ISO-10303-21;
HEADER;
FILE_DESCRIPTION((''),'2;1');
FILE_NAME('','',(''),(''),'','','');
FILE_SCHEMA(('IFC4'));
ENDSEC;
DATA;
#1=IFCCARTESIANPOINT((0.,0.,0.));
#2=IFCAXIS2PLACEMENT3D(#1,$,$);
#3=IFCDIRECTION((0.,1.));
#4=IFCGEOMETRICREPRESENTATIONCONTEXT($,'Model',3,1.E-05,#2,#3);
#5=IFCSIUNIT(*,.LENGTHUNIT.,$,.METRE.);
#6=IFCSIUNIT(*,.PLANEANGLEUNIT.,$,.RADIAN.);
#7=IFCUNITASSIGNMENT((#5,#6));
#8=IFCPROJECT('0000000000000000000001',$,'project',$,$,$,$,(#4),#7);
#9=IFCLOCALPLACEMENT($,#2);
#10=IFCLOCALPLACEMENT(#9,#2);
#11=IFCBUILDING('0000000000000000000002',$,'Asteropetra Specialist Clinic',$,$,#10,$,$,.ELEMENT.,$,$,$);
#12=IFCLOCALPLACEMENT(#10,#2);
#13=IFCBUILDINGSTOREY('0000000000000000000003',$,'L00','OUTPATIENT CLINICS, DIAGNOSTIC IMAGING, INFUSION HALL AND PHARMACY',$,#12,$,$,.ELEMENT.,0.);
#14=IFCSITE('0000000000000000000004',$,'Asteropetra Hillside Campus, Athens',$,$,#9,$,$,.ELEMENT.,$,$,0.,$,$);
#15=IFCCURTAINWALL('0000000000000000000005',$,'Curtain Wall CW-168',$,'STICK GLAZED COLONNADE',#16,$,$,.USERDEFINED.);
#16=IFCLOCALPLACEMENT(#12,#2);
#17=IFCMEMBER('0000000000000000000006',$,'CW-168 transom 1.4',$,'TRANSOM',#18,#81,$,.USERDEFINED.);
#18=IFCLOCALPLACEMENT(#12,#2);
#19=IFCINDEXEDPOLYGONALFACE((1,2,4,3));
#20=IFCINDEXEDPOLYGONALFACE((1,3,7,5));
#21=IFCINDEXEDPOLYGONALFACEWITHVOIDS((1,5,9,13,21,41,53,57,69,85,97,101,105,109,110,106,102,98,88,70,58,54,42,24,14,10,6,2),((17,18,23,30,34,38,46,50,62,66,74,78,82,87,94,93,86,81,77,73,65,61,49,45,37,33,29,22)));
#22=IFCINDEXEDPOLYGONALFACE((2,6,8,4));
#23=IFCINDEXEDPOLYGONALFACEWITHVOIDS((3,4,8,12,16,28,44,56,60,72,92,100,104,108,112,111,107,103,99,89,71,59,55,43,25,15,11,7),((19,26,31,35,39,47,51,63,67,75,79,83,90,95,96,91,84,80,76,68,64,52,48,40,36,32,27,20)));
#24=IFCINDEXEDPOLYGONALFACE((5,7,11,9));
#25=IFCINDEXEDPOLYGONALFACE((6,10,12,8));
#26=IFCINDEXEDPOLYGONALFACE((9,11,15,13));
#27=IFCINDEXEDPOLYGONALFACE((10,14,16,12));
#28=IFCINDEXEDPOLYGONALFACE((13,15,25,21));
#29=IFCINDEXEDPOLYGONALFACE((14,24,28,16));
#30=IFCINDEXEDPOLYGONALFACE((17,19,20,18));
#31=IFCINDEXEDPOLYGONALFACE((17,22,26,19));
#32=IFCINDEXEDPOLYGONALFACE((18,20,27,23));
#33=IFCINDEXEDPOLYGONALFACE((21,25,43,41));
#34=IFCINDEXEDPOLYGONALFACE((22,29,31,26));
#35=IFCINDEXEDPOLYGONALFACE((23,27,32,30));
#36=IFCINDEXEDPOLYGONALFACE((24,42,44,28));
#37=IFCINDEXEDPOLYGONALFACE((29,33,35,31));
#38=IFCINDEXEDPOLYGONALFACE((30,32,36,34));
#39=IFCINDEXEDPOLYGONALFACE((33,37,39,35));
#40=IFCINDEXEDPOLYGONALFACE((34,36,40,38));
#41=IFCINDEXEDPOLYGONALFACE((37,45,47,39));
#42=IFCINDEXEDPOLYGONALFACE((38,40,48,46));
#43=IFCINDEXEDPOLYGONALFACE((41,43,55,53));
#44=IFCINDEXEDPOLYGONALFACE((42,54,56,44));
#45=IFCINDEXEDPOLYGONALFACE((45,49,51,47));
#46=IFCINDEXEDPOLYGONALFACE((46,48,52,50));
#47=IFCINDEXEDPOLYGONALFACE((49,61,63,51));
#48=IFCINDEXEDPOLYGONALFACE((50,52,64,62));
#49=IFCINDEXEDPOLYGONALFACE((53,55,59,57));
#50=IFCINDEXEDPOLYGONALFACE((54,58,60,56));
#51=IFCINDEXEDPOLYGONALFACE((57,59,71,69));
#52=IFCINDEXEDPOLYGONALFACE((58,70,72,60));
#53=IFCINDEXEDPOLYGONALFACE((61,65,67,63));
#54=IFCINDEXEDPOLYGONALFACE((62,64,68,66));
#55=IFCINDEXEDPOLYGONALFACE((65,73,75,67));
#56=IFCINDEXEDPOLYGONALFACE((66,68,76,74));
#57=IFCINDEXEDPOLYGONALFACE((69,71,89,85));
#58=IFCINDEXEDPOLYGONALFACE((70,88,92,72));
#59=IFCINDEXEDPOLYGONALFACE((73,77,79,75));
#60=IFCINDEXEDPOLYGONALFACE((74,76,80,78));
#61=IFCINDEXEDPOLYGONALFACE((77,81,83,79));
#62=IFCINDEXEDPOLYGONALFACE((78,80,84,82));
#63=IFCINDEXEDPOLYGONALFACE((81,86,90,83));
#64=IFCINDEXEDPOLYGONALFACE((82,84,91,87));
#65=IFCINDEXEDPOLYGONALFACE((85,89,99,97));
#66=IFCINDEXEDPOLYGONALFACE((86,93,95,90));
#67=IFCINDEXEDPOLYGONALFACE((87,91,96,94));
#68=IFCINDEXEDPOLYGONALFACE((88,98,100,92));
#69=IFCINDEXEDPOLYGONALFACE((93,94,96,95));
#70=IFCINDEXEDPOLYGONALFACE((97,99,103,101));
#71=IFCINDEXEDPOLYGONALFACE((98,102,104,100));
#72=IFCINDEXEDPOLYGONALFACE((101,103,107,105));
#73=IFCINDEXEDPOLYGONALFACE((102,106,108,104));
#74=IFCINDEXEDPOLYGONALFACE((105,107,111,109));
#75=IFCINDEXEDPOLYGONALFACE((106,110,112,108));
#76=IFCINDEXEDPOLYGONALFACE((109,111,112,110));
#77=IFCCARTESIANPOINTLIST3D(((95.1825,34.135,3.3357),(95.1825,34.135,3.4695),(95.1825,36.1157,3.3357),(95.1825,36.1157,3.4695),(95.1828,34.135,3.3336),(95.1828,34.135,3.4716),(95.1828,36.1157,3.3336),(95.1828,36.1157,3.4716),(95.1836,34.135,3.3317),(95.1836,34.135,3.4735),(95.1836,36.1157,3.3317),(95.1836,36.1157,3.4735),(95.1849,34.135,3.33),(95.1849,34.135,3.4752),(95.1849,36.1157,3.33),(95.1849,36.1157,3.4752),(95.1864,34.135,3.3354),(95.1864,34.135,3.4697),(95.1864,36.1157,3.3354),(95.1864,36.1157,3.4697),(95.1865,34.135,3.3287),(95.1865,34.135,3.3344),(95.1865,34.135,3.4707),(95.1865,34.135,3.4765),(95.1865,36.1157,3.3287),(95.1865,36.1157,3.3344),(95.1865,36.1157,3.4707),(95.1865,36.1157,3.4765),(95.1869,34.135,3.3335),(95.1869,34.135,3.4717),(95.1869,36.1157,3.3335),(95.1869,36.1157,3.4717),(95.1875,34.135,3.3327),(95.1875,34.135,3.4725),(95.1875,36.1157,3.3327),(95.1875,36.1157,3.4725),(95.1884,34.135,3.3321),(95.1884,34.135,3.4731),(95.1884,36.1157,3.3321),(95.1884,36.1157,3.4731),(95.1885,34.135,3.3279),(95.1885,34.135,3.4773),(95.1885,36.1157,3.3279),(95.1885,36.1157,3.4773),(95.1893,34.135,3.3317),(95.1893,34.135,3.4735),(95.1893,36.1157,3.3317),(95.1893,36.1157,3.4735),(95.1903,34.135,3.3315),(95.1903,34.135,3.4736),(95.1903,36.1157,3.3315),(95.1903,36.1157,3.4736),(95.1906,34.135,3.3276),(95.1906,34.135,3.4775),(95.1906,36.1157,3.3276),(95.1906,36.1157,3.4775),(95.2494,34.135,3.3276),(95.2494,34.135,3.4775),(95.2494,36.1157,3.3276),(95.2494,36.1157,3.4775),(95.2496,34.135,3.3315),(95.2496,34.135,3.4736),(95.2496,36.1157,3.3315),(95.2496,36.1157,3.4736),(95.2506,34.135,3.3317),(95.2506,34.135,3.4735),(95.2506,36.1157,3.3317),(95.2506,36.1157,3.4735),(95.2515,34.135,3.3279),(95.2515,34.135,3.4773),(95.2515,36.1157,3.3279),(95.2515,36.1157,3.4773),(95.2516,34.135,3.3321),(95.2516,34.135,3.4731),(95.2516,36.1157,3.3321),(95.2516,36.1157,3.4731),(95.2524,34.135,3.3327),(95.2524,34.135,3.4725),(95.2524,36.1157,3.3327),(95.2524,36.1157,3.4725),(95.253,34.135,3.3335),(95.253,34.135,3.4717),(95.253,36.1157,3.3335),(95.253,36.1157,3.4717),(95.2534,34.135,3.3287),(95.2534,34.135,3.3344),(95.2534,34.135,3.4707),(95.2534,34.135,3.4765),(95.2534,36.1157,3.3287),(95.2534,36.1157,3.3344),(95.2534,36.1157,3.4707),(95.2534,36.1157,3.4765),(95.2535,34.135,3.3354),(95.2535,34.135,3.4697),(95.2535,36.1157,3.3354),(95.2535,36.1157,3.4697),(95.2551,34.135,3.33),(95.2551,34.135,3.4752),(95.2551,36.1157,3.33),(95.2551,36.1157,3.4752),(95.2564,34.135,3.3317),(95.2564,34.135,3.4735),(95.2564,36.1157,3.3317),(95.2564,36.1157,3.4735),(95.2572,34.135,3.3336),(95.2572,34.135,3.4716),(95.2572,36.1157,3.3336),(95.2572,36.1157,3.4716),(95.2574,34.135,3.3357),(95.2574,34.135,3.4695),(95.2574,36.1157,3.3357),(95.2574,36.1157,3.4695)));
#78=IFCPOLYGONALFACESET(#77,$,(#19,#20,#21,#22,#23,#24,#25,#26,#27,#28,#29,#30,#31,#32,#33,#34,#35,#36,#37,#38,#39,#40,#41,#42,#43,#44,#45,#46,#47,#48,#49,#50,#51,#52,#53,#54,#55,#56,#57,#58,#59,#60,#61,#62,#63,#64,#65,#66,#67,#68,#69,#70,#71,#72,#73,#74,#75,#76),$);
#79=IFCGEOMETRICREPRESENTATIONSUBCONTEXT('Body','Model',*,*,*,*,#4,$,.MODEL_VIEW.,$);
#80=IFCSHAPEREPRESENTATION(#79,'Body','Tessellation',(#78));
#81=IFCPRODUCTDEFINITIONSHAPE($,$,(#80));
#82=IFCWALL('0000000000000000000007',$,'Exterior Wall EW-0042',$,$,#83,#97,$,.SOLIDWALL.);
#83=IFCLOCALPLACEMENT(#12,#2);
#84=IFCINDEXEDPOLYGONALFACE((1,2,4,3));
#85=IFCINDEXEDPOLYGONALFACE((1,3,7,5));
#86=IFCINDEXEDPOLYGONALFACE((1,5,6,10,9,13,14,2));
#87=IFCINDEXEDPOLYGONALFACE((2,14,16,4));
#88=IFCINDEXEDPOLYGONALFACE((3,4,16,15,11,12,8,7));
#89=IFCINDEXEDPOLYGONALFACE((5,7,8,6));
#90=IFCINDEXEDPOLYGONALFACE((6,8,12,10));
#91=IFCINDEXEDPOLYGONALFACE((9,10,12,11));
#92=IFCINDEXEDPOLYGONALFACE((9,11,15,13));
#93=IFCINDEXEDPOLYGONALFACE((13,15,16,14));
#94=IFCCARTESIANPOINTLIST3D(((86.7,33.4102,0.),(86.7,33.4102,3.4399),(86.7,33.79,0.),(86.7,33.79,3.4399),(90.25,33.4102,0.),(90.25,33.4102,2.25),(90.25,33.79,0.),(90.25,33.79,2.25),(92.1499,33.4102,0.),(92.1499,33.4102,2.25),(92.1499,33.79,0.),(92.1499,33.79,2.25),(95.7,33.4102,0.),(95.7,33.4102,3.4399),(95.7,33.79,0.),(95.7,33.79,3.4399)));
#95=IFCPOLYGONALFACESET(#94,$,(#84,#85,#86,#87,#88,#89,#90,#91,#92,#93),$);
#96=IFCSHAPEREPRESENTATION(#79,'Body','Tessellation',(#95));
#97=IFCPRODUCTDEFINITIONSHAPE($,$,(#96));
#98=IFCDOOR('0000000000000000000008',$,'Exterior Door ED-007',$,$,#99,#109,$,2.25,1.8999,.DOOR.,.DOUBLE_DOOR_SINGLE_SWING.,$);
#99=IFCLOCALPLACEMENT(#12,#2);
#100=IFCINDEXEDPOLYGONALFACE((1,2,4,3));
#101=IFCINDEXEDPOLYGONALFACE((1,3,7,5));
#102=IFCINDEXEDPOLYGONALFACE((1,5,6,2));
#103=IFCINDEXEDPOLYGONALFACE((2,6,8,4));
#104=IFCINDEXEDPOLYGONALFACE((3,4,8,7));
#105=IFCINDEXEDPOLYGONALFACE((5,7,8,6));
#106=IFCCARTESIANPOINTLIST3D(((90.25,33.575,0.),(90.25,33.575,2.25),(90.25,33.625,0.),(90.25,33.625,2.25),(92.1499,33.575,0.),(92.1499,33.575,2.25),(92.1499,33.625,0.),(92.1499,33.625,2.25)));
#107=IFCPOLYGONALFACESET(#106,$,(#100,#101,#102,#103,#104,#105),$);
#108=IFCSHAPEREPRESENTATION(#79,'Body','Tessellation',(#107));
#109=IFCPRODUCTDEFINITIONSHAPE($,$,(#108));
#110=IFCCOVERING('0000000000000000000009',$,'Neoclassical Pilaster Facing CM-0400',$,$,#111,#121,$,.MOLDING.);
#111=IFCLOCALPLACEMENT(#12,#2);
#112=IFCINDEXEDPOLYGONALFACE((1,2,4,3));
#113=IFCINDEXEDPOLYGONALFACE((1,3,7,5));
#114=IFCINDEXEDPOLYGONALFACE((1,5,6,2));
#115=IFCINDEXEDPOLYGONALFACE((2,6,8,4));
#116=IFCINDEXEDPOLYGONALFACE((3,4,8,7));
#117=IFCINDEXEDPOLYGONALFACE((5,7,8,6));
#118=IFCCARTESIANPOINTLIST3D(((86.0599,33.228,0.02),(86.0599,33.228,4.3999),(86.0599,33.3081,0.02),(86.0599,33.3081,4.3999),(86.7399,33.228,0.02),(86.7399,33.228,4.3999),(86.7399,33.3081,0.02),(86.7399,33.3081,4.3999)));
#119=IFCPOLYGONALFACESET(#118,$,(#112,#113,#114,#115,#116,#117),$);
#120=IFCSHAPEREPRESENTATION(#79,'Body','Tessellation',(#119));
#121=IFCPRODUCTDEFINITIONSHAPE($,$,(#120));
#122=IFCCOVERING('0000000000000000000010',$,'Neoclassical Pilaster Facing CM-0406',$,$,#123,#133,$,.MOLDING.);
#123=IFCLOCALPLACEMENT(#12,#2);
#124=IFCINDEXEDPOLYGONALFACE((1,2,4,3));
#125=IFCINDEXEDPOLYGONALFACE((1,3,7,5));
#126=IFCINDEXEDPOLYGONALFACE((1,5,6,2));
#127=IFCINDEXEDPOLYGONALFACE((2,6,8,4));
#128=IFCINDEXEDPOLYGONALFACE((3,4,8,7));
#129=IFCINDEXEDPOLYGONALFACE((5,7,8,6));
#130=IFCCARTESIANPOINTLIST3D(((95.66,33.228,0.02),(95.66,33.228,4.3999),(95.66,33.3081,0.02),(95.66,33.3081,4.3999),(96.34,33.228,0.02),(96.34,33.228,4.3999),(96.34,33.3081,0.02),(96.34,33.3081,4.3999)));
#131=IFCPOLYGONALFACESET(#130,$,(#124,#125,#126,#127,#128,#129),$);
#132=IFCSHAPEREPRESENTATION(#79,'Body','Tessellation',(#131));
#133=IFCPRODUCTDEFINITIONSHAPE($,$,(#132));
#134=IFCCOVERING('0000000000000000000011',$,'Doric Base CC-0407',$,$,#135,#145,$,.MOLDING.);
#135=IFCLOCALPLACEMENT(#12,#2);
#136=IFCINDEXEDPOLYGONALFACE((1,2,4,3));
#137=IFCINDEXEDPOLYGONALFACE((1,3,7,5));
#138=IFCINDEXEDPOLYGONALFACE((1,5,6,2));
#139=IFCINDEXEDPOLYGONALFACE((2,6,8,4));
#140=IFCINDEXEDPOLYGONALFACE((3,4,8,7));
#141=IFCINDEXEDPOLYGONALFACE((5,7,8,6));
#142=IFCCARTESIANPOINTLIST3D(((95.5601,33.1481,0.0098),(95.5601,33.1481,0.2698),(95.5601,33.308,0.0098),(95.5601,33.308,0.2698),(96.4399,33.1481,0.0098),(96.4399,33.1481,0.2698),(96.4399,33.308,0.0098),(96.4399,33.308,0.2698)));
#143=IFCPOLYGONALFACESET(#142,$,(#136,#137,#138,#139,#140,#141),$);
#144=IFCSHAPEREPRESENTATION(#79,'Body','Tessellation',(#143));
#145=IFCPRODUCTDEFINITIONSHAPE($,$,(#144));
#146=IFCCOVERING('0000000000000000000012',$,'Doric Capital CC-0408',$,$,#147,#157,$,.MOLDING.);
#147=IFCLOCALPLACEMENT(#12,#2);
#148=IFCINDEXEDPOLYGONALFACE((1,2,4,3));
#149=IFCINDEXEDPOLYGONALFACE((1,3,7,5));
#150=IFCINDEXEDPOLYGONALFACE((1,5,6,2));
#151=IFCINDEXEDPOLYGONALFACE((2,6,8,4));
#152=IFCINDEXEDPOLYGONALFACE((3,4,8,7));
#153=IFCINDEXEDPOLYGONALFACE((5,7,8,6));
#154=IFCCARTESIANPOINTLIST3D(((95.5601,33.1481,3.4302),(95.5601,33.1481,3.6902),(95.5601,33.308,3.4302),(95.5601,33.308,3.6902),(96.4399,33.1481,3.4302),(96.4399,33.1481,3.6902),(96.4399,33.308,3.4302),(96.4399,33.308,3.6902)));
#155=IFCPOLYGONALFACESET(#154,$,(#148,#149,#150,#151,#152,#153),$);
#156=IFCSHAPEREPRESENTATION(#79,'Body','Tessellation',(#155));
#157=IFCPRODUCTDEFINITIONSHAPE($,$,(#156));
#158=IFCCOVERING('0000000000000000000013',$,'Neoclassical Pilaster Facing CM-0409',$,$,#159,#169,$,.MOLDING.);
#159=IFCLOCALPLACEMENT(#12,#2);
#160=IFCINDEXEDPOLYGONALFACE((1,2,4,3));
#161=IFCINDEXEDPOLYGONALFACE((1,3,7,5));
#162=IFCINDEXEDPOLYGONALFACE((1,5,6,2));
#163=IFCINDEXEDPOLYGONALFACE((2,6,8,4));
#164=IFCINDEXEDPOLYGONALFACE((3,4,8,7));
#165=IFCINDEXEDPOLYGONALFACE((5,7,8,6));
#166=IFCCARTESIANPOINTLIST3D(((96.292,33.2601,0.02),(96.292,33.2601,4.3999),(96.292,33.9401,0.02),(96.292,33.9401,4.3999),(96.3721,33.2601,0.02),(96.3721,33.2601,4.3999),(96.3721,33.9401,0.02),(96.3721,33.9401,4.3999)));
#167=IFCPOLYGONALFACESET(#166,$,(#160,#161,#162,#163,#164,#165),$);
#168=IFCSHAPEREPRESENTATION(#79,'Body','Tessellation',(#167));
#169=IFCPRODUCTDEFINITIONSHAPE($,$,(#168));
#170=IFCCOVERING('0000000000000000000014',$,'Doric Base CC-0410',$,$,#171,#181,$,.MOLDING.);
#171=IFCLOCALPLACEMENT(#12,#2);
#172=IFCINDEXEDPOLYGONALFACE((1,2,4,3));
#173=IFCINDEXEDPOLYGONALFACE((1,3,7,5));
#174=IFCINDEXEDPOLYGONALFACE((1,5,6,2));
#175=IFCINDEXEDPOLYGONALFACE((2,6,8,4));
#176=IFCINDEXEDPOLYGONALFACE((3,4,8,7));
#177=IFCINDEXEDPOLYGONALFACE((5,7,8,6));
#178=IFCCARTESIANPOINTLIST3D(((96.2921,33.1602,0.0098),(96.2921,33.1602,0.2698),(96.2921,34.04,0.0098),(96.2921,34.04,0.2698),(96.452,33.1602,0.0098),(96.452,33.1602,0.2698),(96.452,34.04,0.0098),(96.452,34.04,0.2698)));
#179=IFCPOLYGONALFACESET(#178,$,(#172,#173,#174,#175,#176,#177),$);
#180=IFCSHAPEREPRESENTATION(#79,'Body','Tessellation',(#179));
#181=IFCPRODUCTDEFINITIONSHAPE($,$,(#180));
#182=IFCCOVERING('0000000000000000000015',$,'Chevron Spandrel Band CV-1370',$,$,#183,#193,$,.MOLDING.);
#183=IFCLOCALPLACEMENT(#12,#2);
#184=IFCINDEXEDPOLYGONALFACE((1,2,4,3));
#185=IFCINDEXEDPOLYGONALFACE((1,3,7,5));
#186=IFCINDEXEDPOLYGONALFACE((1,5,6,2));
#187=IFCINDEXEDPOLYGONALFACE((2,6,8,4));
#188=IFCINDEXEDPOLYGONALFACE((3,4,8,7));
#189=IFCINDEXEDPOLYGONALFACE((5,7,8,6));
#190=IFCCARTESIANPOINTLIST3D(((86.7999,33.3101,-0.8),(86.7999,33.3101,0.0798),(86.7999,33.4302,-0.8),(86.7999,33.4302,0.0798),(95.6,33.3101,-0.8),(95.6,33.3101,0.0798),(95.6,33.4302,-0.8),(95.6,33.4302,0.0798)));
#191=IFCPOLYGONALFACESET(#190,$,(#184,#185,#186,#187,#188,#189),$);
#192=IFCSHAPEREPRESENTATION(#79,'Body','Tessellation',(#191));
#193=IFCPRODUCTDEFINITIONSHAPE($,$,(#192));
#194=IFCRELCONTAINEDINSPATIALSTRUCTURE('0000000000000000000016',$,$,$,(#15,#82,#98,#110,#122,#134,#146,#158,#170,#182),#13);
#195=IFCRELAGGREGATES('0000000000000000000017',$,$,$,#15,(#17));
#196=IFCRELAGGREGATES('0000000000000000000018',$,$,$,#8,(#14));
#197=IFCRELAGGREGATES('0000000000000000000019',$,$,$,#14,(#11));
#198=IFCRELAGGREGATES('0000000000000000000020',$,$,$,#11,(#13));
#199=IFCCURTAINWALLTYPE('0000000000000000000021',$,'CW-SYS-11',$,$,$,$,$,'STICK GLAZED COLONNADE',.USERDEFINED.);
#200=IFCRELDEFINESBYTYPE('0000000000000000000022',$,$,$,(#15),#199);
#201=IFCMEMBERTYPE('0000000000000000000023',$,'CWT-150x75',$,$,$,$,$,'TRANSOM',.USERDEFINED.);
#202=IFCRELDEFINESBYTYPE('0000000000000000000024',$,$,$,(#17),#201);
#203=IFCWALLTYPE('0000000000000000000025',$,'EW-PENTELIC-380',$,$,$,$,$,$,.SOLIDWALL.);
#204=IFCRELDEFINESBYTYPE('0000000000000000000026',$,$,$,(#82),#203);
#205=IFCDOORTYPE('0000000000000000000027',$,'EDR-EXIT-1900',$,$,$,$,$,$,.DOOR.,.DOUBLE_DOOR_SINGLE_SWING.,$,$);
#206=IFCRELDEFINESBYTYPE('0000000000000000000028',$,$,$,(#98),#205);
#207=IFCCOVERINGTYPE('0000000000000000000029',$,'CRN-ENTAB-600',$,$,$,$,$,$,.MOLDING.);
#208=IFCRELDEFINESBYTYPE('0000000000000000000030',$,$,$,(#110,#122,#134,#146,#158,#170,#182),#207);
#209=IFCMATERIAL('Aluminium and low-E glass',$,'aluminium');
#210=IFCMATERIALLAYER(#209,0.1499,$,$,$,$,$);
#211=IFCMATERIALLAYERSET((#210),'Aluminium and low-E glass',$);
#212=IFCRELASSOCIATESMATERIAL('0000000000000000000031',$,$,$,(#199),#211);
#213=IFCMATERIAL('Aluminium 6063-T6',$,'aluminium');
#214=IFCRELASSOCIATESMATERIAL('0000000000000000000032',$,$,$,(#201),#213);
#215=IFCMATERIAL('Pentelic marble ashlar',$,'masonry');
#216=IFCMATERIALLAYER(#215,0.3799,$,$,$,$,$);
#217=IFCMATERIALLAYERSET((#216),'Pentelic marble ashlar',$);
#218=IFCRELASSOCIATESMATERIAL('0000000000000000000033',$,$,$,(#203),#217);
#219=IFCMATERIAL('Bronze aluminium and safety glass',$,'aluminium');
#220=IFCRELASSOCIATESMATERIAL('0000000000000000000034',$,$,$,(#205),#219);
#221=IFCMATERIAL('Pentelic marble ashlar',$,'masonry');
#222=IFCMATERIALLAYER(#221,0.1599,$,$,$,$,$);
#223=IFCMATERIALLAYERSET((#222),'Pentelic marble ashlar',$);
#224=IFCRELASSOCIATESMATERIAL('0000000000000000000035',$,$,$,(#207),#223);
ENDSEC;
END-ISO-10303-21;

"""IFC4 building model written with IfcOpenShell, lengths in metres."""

from ifc_helpers import new_model, si_unit, direction, frame, frame_2d, origin, origin_2d, place, context, subcontext, project, spatial, rectangle, hollow_rectangle, extrude, material, layer, layer_set, material_profile, profile_set, type_object, element, fill, aggregate, save


model = new_model("IFC4")

# Units and contexts
model_context = context("Model", 3, precision=1e-05, world=origin(), true_north=direction((0.0, 1.0)))
body_context = subcontext(model_context, "Body", "Model", "MODEL_VIEW")
ifc_project = project(units=[si_unit("LENGTHUNIT", "METRE"), si_unit("PLANEANGLEUNIT", "RADIAN")], contexts=[model_context])

# Site, building, storey
site_placement = place(None, origin())
site = spatial("IfcSite", under=ifc_project, at=site_placement, Name="Asteropetra Hillside Campus, Athens", CompositionType="ELEMENT", RefElevation=0.0)
building_placement = place(site_placement, origin())
building = spatial("IfcBuilding", under=site, at=building_placement, Name="Asteropetra Specialist Clinic", CompositionType="ELEMENT")
storey_placement = place(building_placement, origin())
storey = spatial("IfcBuildingStorey", under=building, at=storey_placement, Name="L00", Description="OUTPATIENT CLINICS, DIAGNOSTIC IMAGING, INFUSION HALL AND PHARMACY", CompositionType="ELEMENT", Elevation=0.0)

# Curtain wall, member
ifc_material_1 = material(Name="Aluminium and low-E glass", Category="aluminium")
ifc_layer_1 = layer(ifc_material_1, 0.1499)
ifc_layer_set_1 = layer_set([ifc_layer_1], Name="Aluminium and low-E glass")
curtain_wall_type = type_object("IfcCurtainWallType", Name="CW-SYS-11", ElementType="STICK GLAZED COLONNADE", PredefinedType="USERDEFINED", material=ifc_layer_set_1)
curtain_wall_placement = place(storey_placement, origin())
curtain_wall = element("IfcCurtainWall", 1, at=curtain_wall_placement, inside=storey, type_object=curtain_wall_type, Name="Curtain Wall CW-168", ObjectType="STICK GLAZED COLONNADE", PredefinedType="USERDEFINED")
ifc_material_2 = material(Name="Aluminium 6063-T6", Category="aluminium")
ifc_material_profile_1 = material_profile(ifc_material_2, hollow_rectangle(XDim=0.075, YDim=0.1499, WallThickness=0.0039, InnerFilletRadius=0.0039, OuterFilletRadius=0.0081, at=origin_2d()), Name="TRN 150x75x4.0")
ifc_profile_set_1 = profile_set([ifc_material_profile_1], Name="Aluminium 6063-T6")
member_type_1 = type_object("IfcMemberType", Name="CWT-150x75", ElementType="TRANSOM", PredefinedType="USERDEFINED", material=ifc_profile_set_1)
member_1_placement = place(storey_placement, frame((95.22, 34.135, 3.4026), z_axis=(0.0, 1.0, 0.0), x_axis=(-1.0, 0.0, 0.0)))
member_1 = element("IfcMember", 2, at=member_1_placement, type_object=member_type_1, Name="CW-168 transom 1.4", ObjectType="TRANSOM", PredefinedType="USERDEFINED", context=body_context, shape_type="SweptSolid", body=[
    extrude(hollow_rectangle(XDim=0.075, YDim=0.1499, WallThickness=0.0039, InnerFilletRadius=0.0039, OuterFilletRadius=0.0081, at=origin_2d()), origin(), (0.0, 0.0, 1.0), 1.9807),
])
aggregate(curtain_wall, [member_1])

# Wall, opening, door
ifc_material_3 = material(Name="Pentelic marble ashlar", Category="masonry")
ifc_layer_2 = layer(ifc_material_3, 0.3799)
ifc_layer_set_2 = layer_set([ifc_layer_2], Name="Pentelic marble ashlar")
wall_type = type_object("IfcWallType", Name="EW-PENTELIC-380", PredefinedType="SOLIDWALL", material=ifc_layer_set_2)
wall_placement = place(storey_placement, frame((86.7, 33.6001, 0.0), z_axis=(0.0, 0.0, 1.0), x_axis=(1.0, 0.0, 0.0)))
wall = element("IfcWall", 3, at=wall_placement, inside=storey, type_object=wall_type, Name="Exterior Wall EW-0042", PredefinedType="SOLIDWALL", context=body_context, shape_type="SweptSolid", body=[
    extrude(rectangle(XDim=9.0, YDim=0.3799, at=frame_2d((4.5, 0.0))), origin(), (0.0, 0.0, 1.0), 3.4399),
])
opening_placement = place(wall_placement, frame((3.55, 0.0, 0.0)))
opening = element("IfcOpeningElement", 4, at=opening_placement, cuts=wall, PredefinedType="OPENING", context=body_context, shape_type="SweptSolid", body=[
    extrude(rectangle(XDim=1.8999, YDim=2.25, at=frame_2d((0.95, 1.125))), frame((0.0, 0.2, 0.0), z_axis=(0.0, -1.0, 0.0), x_axis=(1.0, 0.0, 0.0)), (0.0, 0.0, 1.0), 0.3999),
])
ifc_material_4 = material(Name="Bronze aluminium and safety glass", Category="aluminium")
door_type = type_object("IfcDoorType", Name="EDR-EXIT-1900", OperationType="DOUBLE_DOOR_SINGLE_SWING", PredefinedType="DOOR", material=ifc_material_4)
door_placement = place(opening_placement, origin())
door = element("IfcDoor", 5, at=door_placement, inside=storey, type_object=door_type, Name="Exterior Door ED-007", OperationType="DOUBLE_DOOR_SINGLE_SWING", OverallHeight=2.25, OverallWidth=1.8999, PredefinedType="DOOR", context=body_context, shape_type="SweptSolid", body=[
    extrude(rectangle(XDim=1.8999, YDim=2.25, at=frame_2d((0.95, 1.125))), frame((0.0, 0.0249, 0.0), z_axis=(0.0, -1.0, 0.0), x_axis=(1.0, 0.0, 0.0)), (0.0, 0.0, 1.0), 0.05),
])
fill(opening, door)

# Coverings
ifc_material_5 = material(Name="Pentelic marble ashlar", Category="masonry")
ifc_layer_3 = layer(ifc_material_5, 0.1599)
ifc_layer_set_3 = layer_set([ifc_layer_3], Name="Pentelic marble ashlar")
covering_type = type_object("IfcCoveringType", Name="CRN-ENTAB-600", PredefinedType="MOLDING", material=ifc_layer_set_3)
for number, where, z_axis, x_axis, name in (
    (6, (86.3999, 33.2681, 0.02), (0.0, 0.0, 1.0), (1.0, 0.0, 0.0), "Neoclassical Pilaster Facing CM-0400"),
    (7, (96.0, 33.2681, 0.02), (0.0, 0.0, 1.0), (1.0, 0.0, 0.0), "Neoclassical Pilaster Facing CM-0406"),
):
    element("IfcCovering", number, at=place(storey_placement, frame(where, z_axis=z_axis, x_axis=x_axis)), inside=storey, type_object=covering_type, Name=name, PredefinedType="MOLDING", context=body_context, shape_type="SweptSolid", body=[
        extrude(rectangle(XDim=0.6799, YDim=0.0801, at=origin_2d()), origin(), (0.0, 0.0, 1.0), 4.3799),
    ])
for number, where, z_axis, x_axis, name in (
    (8, (96.0, 33.228, 0.0098), (0.0, 0.0, 1.0), (1.0, 0.0, 0.0), "Doric Base CC-0407"),
    (9, (96.0, 33.228, 3.4302), (0.0, 0.0, 1.0), (1.0, 0.0, 0.0), "Doric Capital CC-0408"),
):
    element("IfcCovering", number, at=place(storey_placement, frame(where, z_axis=z_axis, x_axis=x_axis)), inside=storey, type_object=covering_type, Name=name, PredefinedType="MOLDING", context=body_context, shape_type="SweptSolid", body=[
        extrude(rectangle(XDim=0.8799, YDim=0.1599, at=origin_2d()), origin(), (0.0, 0.0, 1.0), 0.26),
    ])
covering_1_placement = place(storey_placement, frame((96.332, 33.6001, 0.02), z_axis=(0.0, 0.0, 1.0), x_axis=(1.0, 0.0, 0.0)))
element("IfcCovering", 10, at=covering_1_placement, inside=storey, type_object=covering_type, Name="Neoclassical Pilaster Facing CM-0409", PredefinedType="MOLDING", context=body_context, shape_type="SweptSolid", body=[
    extrude(rectangle(XDim=0.0801, YDim=0.6799, at=origin_2d()), origin(), (0.0, 0.0, 1.0), 4.3799),
])
covering_2_placement = place(storey_placement, frame((96.3721, 33.6001, 0.0098), z_axis=(0.0, 0.0, 1.0), x_axis=(1.0, 0.0, 0.0)))
element("IfcCovering", 11, at=covering_2_placement, inside=storey, type_object=covering_type, Name="Doric Base CC-0410", PredefinedType="MOLDING", context=body_context, shape_type="SweptSolid", body=[
    extrude(rectangle(XDim=0.1599, YDim=0.8799, at=origin_2d()), origin(), (0.0, 0.0, 1.0), 0.26),
])
covering_3_placement = place(storey_placement, frame((91.2, 33.3701, -0.8), z_axis=(0.0, 0.0, 1.0), x_axis=(1.0, 0.0, 0.0)))
element("IfcCovering", 12, at=covering_3_placement, inside=storey, type_object=covering_type, Name="Chevron Spandrel Band CV-1370", PredefinedType="MOLDING", context=body_context, shape_type="SweptSolid", body=[
    extrude(rectangle(XDim=8.8, YDim=0.1201, at=origin_2d()), origin(), (0.0, 0.0, 1.0), 0.8799),
])

save(model, "model.ifc")
